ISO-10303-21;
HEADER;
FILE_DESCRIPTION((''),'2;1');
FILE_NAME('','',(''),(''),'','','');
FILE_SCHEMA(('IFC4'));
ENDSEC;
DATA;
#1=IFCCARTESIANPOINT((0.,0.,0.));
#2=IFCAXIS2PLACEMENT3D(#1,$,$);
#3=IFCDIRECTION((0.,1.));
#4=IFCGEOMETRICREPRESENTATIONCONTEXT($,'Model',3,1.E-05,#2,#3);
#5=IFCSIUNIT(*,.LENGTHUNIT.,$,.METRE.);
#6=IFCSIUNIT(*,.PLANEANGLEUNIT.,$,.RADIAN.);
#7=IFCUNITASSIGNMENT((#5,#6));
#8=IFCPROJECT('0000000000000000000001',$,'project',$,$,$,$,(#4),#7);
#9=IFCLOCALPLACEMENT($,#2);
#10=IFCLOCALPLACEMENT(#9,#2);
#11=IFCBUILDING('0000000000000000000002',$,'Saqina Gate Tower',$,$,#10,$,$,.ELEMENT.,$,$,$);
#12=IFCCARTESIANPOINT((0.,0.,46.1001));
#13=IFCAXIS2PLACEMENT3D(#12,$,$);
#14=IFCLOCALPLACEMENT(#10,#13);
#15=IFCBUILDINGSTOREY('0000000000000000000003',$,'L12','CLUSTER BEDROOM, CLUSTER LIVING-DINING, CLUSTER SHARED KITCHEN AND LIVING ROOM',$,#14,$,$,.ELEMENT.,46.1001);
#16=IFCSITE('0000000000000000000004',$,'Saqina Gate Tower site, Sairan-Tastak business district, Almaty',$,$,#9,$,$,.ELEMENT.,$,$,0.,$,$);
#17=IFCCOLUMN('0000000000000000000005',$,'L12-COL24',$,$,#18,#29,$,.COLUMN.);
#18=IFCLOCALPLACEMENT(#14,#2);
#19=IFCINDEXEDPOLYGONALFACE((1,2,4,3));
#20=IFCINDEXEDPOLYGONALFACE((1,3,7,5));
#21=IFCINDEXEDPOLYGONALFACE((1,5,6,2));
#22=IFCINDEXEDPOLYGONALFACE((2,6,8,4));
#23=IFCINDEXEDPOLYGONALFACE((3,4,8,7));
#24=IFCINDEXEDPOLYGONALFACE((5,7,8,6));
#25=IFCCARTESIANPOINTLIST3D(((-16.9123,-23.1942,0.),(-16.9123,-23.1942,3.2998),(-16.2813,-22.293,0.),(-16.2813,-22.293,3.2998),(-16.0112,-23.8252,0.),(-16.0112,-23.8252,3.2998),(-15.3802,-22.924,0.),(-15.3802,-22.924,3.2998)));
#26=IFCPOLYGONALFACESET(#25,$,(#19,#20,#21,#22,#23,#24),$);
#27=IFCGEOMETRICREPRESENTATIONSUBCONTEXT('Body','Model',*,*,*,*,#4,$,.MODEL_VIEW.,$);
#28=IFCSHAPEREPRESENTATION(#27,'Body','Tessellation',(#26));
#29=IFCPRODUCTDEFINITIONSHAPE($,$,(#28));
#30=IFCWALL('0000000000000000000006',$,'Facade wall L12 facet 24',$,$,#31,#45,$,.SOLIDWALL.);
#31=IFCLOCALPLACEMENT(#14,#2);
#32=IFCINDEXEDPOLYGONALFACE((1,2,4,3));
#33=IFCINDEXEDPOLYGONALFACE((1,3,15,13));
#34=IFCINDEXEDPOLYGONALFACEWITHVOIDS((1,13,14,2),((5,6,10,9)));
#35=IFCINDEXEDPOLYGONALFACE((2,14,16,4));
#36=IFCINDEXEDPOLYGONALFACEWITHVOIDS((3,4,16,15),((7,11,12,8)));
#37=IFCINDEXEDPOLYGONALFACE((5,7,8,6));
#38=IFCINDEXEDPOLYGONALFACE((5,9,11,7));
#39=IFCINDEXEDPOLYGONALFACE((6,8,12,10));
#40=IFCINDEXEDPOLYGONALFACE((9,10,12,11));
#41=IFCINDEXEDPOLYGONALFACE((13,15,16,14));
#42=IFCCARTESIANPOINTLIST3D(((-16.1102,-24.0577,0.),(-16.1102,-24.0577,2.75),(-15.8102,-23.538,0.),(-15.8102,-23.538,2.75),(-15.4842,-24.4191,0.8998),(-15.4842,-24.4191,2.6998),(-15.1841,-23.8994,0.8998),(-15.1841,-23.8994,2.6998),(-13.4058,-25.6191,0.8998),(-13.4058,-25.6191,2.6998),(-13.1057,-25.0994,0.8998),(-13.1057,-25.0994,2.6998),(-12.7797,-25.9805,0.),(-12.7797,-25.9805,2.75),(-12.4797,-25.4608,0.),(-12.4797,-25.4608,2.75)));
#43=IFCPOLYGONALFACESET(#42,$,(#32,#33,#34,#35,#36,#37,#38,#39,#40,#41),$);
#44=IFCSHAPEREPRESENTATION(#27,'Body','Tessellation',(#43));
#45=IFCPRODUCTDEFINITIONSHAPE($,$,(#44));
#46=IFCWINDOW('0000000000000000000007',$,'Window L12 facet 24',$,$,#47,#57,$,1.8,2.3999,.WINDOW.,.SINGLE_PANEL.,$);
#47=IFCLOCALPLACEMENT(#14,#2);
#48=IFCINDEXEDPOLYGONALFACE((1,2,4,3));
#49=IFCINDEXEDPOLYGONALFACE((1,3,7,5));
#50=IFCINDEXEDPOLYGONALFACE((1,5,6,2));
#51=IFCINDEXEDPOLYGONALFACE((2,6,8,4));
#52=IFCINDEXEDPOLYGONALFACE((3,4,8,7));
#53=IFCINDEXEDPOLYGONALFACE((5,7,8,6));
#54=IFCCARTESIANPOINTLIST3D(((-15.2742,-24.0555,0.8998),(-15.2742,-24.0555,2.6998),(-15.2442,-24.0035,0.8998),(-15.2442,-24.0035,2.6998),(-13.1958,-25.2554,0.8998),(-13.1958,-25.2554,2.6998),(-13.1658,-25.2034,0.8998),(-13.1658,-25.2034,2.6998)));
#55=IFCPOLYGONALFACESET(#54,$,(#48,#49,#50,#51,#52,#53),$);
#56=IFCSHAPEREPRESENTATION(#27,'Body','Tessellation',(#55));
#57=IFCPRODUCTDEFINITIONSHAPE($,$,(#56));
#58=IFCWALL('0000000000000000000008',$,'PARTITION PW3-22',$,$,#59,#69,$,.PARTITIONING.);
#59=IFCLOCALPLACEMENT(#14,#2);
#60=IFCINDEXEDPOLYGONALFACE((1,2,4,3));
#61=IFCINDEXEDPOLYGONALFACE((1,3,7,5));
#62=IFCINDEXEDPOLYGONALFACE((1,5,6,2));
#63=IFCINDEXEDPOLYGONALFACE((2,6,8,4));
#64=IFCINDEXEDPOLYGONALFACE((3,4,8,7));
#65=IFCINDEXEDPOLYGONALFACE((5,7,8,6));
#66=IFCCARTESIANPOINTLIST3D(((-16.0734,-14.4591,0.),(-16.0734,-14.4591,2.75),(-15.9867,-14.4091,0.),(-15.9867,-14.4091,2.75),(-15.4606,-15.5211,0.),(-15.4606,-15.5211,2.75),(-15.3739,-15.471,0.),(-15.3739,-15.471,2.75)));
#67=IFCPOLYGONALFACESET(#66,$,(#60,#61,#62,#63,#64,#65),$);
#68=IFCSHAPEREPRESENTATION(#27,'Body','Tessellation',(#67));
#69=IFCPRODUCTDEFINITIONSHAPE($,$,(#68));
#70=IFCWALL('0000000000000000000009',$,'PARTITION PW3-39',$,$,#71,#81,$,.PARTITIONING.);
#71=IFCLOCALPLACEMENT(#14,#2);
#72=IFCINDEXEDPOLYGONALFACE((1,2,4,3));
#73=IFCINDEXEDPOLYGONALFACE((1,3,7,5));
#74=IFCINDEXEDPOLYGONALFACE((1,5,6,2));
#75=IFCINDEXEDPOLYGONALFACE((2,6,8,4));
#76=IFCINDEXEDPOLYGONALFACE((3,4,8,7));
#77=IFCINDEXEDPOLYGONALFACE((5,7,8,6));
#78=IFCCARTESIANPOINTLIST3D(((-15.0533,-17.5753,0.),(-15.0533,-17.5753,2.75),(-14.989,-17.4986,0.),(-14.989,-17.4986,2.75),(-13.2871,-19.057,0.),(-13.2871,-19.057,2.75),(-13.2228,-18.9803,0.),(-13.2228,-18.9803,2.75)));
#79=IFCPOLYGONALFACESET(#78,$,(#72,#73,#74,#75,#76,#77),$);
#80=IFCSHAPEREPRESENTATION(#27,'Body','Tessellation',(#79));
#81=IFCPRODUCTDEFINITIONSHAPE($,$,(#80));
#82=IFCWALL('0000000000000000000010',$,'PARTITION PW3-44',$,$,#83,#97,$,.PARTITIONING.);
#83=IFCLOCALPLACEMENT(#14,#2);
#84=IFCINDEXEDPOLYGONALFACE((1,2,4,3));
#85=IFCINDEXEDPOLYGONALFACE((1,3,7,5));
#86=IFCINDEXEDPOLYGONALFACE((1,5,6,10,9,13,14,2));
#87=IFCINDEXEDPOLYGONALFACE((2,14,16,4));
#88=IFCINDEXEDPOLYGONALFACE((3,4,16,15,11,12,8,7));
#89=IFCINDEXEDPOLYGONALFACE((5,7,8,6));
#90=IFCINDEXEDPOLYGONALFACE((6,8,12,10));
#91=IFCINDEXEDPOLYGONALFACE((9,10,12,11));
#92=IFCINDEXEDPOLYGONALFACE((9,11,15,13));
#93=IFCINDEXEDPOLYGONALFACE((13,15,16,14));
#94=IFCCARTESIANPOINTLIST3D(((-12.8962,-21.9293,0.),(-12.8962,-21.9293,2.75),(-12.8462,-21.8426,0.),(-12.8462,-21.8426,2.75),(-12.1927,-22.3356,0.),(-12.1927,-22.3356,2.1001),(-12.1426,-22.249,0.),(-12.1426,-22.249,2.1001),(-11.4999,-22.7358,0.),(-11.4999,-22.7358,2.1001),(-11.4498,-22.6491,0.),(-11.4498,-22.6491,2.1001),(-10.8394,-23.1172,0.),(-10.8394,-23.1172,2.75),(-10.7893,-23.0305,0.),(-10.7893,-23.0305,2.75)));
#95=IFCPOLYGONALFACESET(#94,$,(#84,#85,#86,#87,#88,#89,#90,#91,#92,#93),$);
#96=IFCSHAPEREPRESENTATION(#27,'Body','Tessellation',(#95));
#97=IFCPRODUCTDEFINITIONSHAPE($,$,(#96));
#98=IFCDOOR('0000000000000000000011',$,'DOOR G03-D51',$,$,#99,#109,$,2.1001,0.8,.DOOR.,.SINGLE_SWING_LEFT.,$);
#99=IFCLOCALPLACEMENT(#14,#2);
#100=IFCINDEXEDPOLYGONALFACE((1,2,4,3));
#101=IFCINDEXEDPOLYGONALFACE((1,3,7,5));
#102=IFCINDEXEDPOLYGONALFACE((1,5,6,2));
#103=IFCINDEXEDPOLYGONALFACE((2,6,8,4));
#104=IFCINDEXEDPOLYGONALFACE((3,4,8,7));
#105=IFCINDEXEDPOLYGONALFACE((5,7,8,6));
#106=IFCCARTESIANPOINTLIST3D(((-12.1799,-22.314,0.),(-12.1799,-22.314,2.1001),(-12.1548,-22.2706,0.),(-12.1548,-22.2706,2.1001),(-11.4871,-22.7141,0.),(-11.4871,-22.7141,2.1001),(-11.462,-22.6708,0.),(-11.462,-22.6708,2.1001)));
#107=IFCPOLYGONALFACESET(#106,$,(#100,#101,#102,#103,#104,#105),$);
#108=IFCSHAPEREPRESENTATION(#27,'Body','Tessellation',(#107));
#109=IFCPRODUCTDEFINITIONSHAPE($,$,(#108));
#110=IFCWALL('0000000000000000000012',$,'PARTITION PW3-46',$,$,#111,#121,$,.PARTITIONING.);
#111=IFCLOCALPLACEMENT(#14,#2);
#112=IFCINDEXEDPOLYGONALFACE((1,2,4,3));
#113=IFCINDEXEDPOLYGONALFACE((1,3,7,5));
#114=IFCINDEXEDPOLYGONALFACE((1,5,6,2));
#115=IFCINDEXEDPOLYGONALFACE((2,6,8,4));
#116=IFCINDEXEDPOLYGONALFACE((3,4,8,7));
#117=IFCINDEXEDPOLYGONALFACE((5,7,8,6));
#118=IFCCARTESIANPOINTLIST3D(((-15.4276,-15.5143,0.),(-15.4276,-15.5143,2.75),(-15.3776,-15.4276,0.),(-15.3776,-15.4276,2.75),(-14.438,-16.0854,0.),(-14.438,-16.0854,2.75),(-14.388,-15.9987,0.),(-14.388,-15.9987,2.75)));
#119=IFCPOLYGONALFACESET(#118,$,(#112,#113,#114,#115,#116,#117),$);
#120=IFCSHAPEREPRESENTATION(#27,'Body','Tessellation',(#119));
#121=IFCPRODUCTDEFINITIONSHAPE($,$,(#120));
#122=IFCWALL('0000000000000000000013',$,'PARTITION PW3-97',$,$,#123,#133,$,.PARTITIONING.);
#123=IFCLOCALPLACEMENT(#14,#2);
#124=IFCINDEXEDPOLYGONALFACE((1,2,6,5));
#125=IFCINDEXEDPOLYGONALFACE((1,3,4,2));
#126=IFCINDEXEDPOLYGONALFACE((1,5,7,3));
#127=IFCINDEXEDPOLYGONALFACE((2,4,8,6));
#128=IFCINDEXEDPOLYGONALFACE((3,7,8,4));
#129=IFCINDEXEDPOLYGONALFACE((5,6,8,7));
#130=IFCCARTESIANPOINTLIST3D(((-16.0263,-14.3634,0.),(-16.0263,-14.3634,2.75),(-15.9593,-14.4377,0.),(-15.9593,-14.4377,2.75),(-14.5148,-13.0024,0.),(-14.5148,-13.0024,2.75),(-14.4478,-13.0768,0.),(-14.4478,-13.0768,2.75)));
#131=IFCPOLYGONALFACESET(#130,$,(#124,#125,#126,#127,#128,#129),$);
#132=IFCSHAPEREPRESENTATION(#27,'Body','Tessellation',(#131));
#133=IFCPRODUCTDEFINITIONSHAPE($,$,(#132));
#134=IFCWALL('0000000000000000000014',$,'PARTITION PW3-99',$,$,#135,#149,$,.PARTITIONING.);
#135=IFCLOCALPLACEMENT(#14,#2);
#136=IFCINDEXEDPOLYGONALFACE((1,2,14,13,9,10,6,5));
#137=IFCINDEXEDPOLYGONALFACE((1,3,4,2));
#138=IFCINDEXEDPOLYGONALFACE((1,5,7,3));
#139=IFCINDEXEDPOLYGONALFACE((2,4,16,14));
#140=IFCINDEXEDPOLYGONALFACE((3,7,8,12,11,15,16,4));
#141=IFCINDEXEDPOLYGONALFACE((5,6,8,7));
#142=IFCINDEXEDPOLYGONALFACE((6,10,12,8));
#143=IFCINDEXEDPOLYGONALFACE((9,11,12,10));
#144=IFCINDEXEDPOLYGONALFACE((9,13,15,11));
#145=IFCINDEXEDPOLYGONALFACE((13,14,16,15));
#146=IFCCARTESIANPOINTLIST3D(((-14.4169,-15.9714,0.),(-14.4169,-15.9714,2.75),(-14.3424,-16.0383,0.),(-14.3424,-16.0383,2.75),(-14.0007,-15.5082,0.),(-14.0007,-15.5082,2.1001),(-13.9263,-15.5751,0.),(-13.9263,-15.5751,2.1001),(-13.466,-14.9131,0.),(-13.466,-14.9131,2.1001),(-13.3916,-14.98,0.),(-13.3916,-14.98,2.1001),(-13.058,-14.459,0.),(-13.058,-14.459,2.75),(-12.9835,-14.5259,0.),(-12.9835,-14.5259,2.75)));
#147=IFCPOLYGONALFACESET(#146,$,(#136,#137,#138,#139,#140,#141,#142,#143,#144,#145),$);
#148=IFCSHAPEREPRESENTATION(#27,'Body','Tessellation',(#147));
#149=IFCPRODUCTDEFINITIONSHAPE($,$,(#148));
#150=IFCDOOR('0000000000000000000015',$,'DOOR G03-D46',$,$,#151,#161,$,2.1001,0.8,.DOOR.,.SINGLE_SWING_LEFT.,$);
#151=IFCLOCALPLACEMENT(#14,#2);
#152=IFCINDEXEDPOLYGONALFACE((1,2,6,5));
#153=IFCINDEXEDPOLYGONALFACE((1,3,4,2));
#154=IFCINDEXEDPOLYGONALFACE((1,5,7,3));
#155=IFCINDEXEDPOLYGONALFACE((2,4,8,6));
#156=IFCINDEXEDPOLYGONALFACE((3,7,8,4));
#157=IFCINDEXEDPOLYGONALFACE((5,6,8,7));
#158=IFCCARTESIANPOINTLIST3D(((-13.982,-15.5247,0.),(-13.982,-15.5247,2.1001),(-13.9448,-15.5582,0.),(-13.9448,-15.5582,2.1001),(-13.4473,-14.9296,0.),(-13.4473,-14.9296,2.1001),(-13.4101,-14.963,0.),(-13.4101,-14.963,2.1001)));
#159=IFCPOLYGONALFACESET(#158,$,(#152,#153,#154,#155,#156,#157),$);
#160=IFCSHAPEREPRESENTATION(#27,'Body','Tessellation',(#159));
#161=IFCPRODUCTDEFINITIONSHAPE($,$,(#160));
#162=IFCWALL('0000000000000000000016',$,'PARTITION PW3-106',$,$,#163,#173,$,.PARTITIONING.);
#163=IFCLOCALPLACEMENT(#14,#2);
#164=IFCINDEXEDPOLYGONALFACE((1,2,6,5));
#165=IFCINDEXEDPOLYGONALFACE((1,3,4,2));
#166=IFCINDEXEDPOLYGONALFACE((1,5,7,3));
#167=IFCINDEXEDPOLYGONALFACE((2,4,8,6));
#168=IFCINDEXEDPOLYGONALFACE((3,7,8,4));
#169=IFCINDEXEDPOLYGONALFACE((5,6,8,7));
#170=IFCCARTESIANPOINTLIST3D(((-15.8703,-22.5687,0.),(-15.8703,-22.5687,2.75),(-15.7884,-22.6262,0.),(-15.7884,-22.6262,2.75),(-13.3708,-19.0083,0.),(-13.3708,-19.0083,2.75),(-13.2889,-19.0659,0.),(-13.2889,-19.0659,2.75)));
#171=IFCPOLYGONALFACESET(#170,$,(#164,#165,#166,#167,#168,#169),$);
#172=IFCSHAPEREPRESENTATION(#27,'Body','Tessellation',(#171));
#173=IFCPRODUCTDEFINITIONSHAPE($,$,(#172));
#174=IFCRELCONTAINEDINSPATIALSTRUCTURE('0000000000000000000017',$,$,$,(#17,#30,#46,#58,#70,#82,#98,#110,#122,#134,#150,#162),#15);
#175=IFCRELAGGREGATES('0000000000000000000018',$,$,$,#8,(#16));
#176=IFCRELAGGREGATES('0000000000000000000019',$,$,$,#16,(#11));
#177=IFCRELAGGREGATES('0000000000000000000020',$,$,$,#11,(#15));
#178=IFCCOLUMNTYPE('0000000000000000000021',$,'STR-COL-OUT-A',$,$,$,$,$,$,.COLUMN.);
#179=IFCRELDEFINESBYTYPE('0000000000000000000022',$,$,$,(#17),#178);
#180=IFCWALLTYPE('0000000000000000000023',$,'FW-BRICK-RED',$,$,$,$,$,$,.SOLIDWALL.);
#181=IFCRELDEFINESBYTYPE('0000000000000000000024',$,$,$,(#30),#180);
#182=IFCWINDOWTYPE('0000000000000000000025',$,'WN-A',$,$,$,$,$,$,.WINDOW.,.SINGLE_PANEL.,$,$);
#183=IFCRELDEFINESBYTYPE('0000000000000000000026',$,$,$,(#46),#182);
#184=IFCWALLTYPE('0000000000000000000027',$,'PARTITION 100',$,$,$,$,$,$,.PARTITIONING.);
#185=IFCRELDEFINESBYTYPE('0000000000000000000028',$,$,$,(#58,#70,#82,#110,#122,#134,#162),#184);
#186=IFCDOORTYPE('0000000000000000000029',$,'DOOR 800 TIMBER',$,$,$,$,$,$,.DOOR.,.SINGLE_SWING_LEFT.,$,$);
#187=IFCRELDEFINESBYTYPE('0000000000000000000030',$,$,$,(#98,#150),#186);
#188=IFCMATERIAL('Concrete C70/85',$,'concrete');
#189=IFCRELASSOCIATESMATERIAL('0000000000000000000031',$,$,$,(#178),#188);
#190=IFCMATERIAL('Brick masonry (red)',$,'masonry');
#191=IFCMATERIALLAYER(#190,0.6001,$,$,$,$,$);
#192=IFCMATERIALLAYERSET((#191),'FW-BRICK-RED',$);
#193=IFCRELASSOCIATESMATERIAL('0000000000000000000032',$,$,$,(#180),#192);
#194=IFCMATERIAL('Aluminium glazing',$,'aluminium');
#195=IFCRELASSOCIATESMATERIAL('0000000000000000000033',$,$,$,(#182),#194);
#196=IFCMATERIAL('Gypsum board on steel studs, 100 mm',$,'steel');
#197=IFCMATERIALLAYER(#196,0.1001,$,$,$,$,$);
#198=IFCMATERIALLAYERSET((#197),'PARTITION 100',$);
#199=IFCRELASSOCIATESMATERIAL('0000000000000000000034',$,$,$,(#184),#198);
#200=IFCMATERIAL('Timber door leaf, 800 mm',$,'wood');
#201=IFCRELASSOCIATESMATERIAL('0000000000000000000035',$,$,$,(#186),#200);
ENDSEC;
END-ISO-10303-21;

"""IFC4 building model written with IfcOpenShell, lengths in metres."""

from ifc_helpers import new_model, si_unit, direction, frame, frame_2d, origin, origin_2d, place, context, subcontext, project, spatial, rectangle, extrude, material, layer, layer_set, material_profile, profile_set, type_object, element, fill, save


model = new_model("IFC4")

# Units and contexts
model_context = context("Model", 3, precision=1e-05, world=origin(), true_north=direction((0.0, 1.0)))
body_context = subcontext(model_context, "Body", "Model", "MODEL_VIEW")
ifc_project = project(units=[si_unit("LENGTHUNIT", "METRE"), si_unit("PLANEANGLEUNIT", "RADIAN")], contexts=[model_context])

# Site, building, storey
site_placement = place(None, origin())
site = spatial("IfcSite", under=ifc_project, at=site_placement, Name="Saqina Gate Tower site, Sairan-Tastak business district, Almaty", CompositionType="ELEMENT", RefElevation=0.0)
building_placement = place(site_placement, origin())
building = spatial("IfcBuilding", under=site, at=building_placement, Name="Saqina Gate Tower", CompositionType="ELEMENT")
storey_placement = place(building_placement, frame((0.0, 0.0, 46.1001)))
storey = spatial("IfcBuildingStorey", under=building, at=storey_placement, Name="L12", Description="CLUSTER BEDROOM, CLUSTER LIVING-DINING, CLUSTER SHARED KITCHEN AND LIVING ROOM", CompositionType="ELEMENT", Elevation=46.1001)

# Column
ifc_material_1 = material(Name="Concrete C70/85", Category="concrete")
ifc_material_profile = material_profile(ifc_material_1, rectangle(XDim=1.1001, YDim=1.1001, at=origin_2d()), Name="RC 1100x1100")
ifc_profile_set = profile_set([ifc_material_profile], Name="Concrete C70/85")
column_type = type_object("IfcColumnType", Name="STR-COL-OUT-A", PredefinedType="COLUMN", material=ifc_profile_set)
column_placement = place(storey_placement, frame((-16.1462, -23.0591, 0.0), z_axis=(0.0, 0.0, 1.0), x_axis=(-0.573576, -0.819152, 0.0)))
element("IfcColumn", 1, at=column_placement, inside=storey, type_object=column_type, Name="L12-COL24", PredefinedType="COLUMN", context=body_context, shape_type="SweptSolid", body=[
    extrude(rectangle(XDim=1.1001, YDim=1.1001, at=origin_2d()), origin(), (0.0, 0.0, 1.0), 3.2998),
])

# Wall, opening, window
ifc_material_2 = material(Name="Brick masonry (red)", Category="masonry")
ifc_layer_1 = layer(ifc_material_2, 0.6001)
ifc_layer_set_1 = layer_set([ifc_layer_1], Name="FW-BRICK-RED")
wall_type_1 = type_object("IfcWallType", Name="FW-BRICK-RED", PredefinedType="SOLIDWALL", material=ifc_layer_set_1)
wall_1_placement = place(storey_placement, frame((-15.9602, -23.7979, 0.0), z_axis=(0.0, 0.0, 1.0), x_axis=(0.866031, -0.49999, 0.0)))
wall_1 = element("IfcWall", 2, at=wall_1_placement, inside=storey, type_object=wall_type_1, Name="Facade wall L12 facet 24", PredefinedType="SOLIDWALL", context=body_context, shape_type="SweptSolid", body=[
    extrude(rectangle(XDim=3.8457, YDim=0.6001, at=frame_2d((1.9229, 0.0))), origin(), (0.0, 0.0, 1.0), 2.75),
])
opening_1_placement = place(wall_1_placement, frame((0.7229, 0.0, 0.8999)))
opening_1 = element("IfcOpeningElement", 3, at=opening_1_placement, cuts=wall_1, PredefinedType="OPENING", context=body_context, shape_type="SweptSolid", body=[
    extrude(rectangle(XDim=2.3999, YDim=1.8, at=frame_2d((1.2, 0.8999))), frame((0.0, 0.312, 0.0), z_axis=(0.0, -1.0, 0.0), x_axis=(1.0, 0.0, 0.0)), (0.0, 0.0, 1.0), 0.624),
])
ifc_material_3 = material(Name="Aluminium glazing", Category="aluminium")
window_type = type_object("IfcWindowType", Name="WN-A", PartitioningType="SINGLE_PANEL", PredefinedType="WINDOW", material=ifc_material_3)
window_placement = place(opening_1_placement, origin())
window = element("IfcWindow", 4, at=window_placement, inside=storey, type_object=window_type, Name="Window L12 facet 24", OverallHeight=1.8, OverallWidth=2.3999, PartitioningType="SINGLE_PANEL", PredefinedType="WINDOW", context=body_context, shape_type="SweptSolid", body=[
    extrude(rectangle(XDim=2.3999, YDim=1.8, at=frame_2d((1.2, 0.8999))), frame((0.0, 0.1799, 0.0), z_axis=(0.0, -1.0, 0.0), x_axis=(1.0, 0.0, 0.0)), (0.0, 0.0, 1.0), 0.0601),
])
fill(opening_1, window)

# Walls
ifc_material_4 = material(Name="Gypsum board on steel studs, 100 mm", Category="steel")
ifc_layer_2 = layer(ifc_material_4, 0.1001)
ifc_layer_set_2 = layer_set([ifc_layer_2], Name="PARTITION 100")
wall_type_2 = type_object("IfcWallType", Name="PARTITION 100", PredefinedType="PARTITIONING", material=ifc_layer_set_2)
wall_2_placement = place(storey_placement, frame((-16.03, -14.4341, 0.0), z_axis=(0.0, 0.0, 1.0), x_axis=(0.49978, -0.866152, 0.0)))
element("IfcWall", 5, at=wall_2_placement, inside=storey, type_object=wall_type_2, Name="PARTITION PW3-22", PredefinedType="PARTITIONING", context=body_context, shape_type="SweptSolid", body=[
    extrude(rectangle(XDim=1.2261, YDim=0.1001, at=frame_2d((0.613, 0.0))), origin(), (0.0, 0.0, 1.0), 2.75),
])
wall_3_placement = place(storey_placement, frame((-15.0212, -17.5369, 0.0), z_axis=(0.0, 0.0, 1.0), x_axis=(0.766099, -0.642723, 0.0)))
element("IfcWall", 6, at=wall_3_placement, inside=storey, type_object=wall_type_2, Name="PARTITION PW3-39", PredefinedType="PARTITIONING", context=body_context, shape_type="SweptSolid", body=[
    extrude(rectangle(XDim=2.3054, YDim=0.1001, at=frame_2d((1.1528, 0.0))), origin(), (0.0, 0.0, 1.0), 2.75),
])

# Wall, opening, door
wall_4_placement = place(storey_placement, frame((-12.8711, -21.886, 0.0), z_axis=(0.0, 0.0, 1.0), x_axis=(0.865944, -0.500141, 0.0)))
wall_4 = element("IfcWall", 7, at=wall_4_placement, inside=storey, type_object=wall_type_2, Name="PARTITION PW3-44", PredefinedType="PARTITIONING", context=body_context, shape_type="SweptSolid", body=[
    extrude(rectangle(XDim=2.3752, YDim=0.1001, at=frame_2d((1.1875, 0.0))), origin(), (0.0, 0.0, 1.0), 2.75),
])
opening_2_placement = place(wall_4_placement, frame((0.8125, 0.0, 0.0)))
opening_2 = element("IfcOpeningElement", 8, at=opening_2_placement, cuts=wall_4, PredefinedType="OPENING", context=body_context, shape_type="SweptSolid", body=[
    extrude(rectangle(XDim=0.8, YDim=2.1001, at=frame_2d((0.3999, 1.05))), frame((0.0, 0.062, 0.0), z_axis=(0.0, -1.0, 0.0), x_axis=(1.0, 0.0, 0.0)), (0.0, 0.0, 1.0), 0.124),
])
ifc_material_5 = material(Name="Timber door leaf, 800 mm", Category="wood")
door_type_1 = type_object("IfcDoorType", Name="DOOR 800 TIMBER", OperationType="SINGLE_SWING_LEFT", PredefinedType="DOOR", material=ifc_material_5)
door_1_placement = place(opening_2_placement, frame((0.8, 0.0, 0.0), z_axis=(0.0, 0.0, 1.0), x_axis=(-1.0, 0.0, 0.0)))
door_1 = element("IfcDoor", 9, at=door_1_placement, inside=storey, type_object=door_type_1, Name="DOOR G03-D51", OperationType="SINGLE_SWING_LEFT", OverallHeight=2.1001, OverallWidth=0.8, PredefinedType="DOOR", context=body_context, shape_type="SweptSolid", body=[
    extrude(rectangle(XDim=0.8, YDim=2.1001, at=frame_2d((0.3999, 1.05))), frame((0.0, 0.0249, 0.0), z_axis=(0.0, -1.0, 0.0), x_axis=(1.0, 0.0, 0.0)), (0.0, 0.0, 1.0), 0.05),
])
fill(opening_2, door_1)

# Walls
wall_5_placement = place(storey_placement, frame((-15.4026, -15.4709, 0.0), z_axis=(0.0, 0.0, 1.0), x_axis=(0.866118, -0.49984, 0.0)))
element("IfcWall", 10, at=wall_5_placement, inside=storey, type_object=wall_type_2, Name="PARTITION PW3-46", PredefinedType="PARTITIONING", context=body_context, shape_type="SweptSolid", body=[
    extrude(rectangle(XDim=1.1426, YDim=0.1001, at=frame_2d((0.5713, 0.0))), origin(), (0.0, 0.0, 1.0), 2.75),
])
wall_6_placement = place(storey_placement, frame((-15.9929, -14.4006, 0.0), z_axis=(0.0, 0.0, 1.0), x_axis=(0.743169, 0.669104, 0.0)))
element("IfcWall", 11, at=wall_6_placement, inside=storey, type_object=wall_type_2, Name="PARTITION PW3-97", PredefinedType="PARTITIONING", context=body_context, shape_type="SweptSolid", body=[
    extrude(rectangle(XDim=2.0339, YDim=0.1001, at=frame_2d((1.0171, 0.0))), origin(), (0.0, 0.0, 1.0), 2.75),
])

# Wall, opening, door
wall_7_placement = place(storey_placement, frame((-14.3796, -16.0049, 0.0), z_axis=(0.0, 0.0, 1.0), x_axis=(0.668334, 0.743861, 0.0)))
wall_7 = element("IfcWall", 12, at=wall_7_placement, inside=storey, type_object=wall_type_2, Name="PARTITION PW3-99", PredefinedType="PARTITIONING", context=body_context, shape_type="SweptSolid", body=[
    extrude(rectangle(XDim=2.0332, YDim=0.1001, at=frame_2d((1.0166, 0.0))), origin(), (0.0, 0.0, 1.0), 2.75),
])
opening_3_placement = place(wall_7_placement, frame((0.6228, 0.0, 0.0)))
opening_3 = element("IfcOpeningElement", 13, at=opening_3_placement, cuts=wall_7, PredefinedType="OPENING", context=body_context, shape_type="SweptSolid", body=[
    extrude(rectangle(XDim=0.8, YDim=2.1001, at=frame_2d((0.3999, 1.05))), frame((0.0, 0.062, 0.0), z_axis=(0.0, -1.0, 0.0), x_axis=(1.0, 0.0, 0.0)), (0.0, 0.0, 1.0), 0.124),
])
door_2_placement = place(opening_3_placement, frame((0.8, 0.0, 0.0), z_axis=(0.0, 0.0, 1.0), x_axis=(-1.0, 0.0, 0.0)))
door_2 = element("IfcDoor", 14, at=door_2_placement, inside=storey, type_object=door_type_1, Name="DOOR G03-D46", OperationType="SINGLE_SWING_LEFT", OverallHeight=2.1001, OverallWidth=0.8, PredefinedType="DOOR", context=body_context, shape_type="SweptSolid", body=[
    extrude(rectangle(XDim=0.8, YDim=2.1001, at=frame_2d((0.3999, 1.05))), frame((0.0, 0.0249, 0.0), z_axis=(0.0, -1.0, 0.0), x_axis=(1.0, 0.0, 0.0)), (0.0, 0.0, 1.0), 0.05),
])
fill(opening_3, door_2)

# Wall
wall_8_placement = place(storey_placement, frame((-15.8293, -22.5974, 0.0), z_axis=(0.0, 0.0, 1.0), x_axis=(0.574588, 0.818443, 0.0)))
element("IfcWall", 15, at=wall_8_placement, inside=storey, type_object=wall_type_2, Name="PARTITION PW3-106", PredefinedType="PARTITIONING", context=body_context, shape_type="SweptSolid", body=[
    extrude(rectangle(XDim=4.3501, YDim=0.1001, at=frame_2d((2.175, 0.0))), origin(), (0.0, 0.0, 1.0), 2.75),
])

save(model, "model.ifc")
